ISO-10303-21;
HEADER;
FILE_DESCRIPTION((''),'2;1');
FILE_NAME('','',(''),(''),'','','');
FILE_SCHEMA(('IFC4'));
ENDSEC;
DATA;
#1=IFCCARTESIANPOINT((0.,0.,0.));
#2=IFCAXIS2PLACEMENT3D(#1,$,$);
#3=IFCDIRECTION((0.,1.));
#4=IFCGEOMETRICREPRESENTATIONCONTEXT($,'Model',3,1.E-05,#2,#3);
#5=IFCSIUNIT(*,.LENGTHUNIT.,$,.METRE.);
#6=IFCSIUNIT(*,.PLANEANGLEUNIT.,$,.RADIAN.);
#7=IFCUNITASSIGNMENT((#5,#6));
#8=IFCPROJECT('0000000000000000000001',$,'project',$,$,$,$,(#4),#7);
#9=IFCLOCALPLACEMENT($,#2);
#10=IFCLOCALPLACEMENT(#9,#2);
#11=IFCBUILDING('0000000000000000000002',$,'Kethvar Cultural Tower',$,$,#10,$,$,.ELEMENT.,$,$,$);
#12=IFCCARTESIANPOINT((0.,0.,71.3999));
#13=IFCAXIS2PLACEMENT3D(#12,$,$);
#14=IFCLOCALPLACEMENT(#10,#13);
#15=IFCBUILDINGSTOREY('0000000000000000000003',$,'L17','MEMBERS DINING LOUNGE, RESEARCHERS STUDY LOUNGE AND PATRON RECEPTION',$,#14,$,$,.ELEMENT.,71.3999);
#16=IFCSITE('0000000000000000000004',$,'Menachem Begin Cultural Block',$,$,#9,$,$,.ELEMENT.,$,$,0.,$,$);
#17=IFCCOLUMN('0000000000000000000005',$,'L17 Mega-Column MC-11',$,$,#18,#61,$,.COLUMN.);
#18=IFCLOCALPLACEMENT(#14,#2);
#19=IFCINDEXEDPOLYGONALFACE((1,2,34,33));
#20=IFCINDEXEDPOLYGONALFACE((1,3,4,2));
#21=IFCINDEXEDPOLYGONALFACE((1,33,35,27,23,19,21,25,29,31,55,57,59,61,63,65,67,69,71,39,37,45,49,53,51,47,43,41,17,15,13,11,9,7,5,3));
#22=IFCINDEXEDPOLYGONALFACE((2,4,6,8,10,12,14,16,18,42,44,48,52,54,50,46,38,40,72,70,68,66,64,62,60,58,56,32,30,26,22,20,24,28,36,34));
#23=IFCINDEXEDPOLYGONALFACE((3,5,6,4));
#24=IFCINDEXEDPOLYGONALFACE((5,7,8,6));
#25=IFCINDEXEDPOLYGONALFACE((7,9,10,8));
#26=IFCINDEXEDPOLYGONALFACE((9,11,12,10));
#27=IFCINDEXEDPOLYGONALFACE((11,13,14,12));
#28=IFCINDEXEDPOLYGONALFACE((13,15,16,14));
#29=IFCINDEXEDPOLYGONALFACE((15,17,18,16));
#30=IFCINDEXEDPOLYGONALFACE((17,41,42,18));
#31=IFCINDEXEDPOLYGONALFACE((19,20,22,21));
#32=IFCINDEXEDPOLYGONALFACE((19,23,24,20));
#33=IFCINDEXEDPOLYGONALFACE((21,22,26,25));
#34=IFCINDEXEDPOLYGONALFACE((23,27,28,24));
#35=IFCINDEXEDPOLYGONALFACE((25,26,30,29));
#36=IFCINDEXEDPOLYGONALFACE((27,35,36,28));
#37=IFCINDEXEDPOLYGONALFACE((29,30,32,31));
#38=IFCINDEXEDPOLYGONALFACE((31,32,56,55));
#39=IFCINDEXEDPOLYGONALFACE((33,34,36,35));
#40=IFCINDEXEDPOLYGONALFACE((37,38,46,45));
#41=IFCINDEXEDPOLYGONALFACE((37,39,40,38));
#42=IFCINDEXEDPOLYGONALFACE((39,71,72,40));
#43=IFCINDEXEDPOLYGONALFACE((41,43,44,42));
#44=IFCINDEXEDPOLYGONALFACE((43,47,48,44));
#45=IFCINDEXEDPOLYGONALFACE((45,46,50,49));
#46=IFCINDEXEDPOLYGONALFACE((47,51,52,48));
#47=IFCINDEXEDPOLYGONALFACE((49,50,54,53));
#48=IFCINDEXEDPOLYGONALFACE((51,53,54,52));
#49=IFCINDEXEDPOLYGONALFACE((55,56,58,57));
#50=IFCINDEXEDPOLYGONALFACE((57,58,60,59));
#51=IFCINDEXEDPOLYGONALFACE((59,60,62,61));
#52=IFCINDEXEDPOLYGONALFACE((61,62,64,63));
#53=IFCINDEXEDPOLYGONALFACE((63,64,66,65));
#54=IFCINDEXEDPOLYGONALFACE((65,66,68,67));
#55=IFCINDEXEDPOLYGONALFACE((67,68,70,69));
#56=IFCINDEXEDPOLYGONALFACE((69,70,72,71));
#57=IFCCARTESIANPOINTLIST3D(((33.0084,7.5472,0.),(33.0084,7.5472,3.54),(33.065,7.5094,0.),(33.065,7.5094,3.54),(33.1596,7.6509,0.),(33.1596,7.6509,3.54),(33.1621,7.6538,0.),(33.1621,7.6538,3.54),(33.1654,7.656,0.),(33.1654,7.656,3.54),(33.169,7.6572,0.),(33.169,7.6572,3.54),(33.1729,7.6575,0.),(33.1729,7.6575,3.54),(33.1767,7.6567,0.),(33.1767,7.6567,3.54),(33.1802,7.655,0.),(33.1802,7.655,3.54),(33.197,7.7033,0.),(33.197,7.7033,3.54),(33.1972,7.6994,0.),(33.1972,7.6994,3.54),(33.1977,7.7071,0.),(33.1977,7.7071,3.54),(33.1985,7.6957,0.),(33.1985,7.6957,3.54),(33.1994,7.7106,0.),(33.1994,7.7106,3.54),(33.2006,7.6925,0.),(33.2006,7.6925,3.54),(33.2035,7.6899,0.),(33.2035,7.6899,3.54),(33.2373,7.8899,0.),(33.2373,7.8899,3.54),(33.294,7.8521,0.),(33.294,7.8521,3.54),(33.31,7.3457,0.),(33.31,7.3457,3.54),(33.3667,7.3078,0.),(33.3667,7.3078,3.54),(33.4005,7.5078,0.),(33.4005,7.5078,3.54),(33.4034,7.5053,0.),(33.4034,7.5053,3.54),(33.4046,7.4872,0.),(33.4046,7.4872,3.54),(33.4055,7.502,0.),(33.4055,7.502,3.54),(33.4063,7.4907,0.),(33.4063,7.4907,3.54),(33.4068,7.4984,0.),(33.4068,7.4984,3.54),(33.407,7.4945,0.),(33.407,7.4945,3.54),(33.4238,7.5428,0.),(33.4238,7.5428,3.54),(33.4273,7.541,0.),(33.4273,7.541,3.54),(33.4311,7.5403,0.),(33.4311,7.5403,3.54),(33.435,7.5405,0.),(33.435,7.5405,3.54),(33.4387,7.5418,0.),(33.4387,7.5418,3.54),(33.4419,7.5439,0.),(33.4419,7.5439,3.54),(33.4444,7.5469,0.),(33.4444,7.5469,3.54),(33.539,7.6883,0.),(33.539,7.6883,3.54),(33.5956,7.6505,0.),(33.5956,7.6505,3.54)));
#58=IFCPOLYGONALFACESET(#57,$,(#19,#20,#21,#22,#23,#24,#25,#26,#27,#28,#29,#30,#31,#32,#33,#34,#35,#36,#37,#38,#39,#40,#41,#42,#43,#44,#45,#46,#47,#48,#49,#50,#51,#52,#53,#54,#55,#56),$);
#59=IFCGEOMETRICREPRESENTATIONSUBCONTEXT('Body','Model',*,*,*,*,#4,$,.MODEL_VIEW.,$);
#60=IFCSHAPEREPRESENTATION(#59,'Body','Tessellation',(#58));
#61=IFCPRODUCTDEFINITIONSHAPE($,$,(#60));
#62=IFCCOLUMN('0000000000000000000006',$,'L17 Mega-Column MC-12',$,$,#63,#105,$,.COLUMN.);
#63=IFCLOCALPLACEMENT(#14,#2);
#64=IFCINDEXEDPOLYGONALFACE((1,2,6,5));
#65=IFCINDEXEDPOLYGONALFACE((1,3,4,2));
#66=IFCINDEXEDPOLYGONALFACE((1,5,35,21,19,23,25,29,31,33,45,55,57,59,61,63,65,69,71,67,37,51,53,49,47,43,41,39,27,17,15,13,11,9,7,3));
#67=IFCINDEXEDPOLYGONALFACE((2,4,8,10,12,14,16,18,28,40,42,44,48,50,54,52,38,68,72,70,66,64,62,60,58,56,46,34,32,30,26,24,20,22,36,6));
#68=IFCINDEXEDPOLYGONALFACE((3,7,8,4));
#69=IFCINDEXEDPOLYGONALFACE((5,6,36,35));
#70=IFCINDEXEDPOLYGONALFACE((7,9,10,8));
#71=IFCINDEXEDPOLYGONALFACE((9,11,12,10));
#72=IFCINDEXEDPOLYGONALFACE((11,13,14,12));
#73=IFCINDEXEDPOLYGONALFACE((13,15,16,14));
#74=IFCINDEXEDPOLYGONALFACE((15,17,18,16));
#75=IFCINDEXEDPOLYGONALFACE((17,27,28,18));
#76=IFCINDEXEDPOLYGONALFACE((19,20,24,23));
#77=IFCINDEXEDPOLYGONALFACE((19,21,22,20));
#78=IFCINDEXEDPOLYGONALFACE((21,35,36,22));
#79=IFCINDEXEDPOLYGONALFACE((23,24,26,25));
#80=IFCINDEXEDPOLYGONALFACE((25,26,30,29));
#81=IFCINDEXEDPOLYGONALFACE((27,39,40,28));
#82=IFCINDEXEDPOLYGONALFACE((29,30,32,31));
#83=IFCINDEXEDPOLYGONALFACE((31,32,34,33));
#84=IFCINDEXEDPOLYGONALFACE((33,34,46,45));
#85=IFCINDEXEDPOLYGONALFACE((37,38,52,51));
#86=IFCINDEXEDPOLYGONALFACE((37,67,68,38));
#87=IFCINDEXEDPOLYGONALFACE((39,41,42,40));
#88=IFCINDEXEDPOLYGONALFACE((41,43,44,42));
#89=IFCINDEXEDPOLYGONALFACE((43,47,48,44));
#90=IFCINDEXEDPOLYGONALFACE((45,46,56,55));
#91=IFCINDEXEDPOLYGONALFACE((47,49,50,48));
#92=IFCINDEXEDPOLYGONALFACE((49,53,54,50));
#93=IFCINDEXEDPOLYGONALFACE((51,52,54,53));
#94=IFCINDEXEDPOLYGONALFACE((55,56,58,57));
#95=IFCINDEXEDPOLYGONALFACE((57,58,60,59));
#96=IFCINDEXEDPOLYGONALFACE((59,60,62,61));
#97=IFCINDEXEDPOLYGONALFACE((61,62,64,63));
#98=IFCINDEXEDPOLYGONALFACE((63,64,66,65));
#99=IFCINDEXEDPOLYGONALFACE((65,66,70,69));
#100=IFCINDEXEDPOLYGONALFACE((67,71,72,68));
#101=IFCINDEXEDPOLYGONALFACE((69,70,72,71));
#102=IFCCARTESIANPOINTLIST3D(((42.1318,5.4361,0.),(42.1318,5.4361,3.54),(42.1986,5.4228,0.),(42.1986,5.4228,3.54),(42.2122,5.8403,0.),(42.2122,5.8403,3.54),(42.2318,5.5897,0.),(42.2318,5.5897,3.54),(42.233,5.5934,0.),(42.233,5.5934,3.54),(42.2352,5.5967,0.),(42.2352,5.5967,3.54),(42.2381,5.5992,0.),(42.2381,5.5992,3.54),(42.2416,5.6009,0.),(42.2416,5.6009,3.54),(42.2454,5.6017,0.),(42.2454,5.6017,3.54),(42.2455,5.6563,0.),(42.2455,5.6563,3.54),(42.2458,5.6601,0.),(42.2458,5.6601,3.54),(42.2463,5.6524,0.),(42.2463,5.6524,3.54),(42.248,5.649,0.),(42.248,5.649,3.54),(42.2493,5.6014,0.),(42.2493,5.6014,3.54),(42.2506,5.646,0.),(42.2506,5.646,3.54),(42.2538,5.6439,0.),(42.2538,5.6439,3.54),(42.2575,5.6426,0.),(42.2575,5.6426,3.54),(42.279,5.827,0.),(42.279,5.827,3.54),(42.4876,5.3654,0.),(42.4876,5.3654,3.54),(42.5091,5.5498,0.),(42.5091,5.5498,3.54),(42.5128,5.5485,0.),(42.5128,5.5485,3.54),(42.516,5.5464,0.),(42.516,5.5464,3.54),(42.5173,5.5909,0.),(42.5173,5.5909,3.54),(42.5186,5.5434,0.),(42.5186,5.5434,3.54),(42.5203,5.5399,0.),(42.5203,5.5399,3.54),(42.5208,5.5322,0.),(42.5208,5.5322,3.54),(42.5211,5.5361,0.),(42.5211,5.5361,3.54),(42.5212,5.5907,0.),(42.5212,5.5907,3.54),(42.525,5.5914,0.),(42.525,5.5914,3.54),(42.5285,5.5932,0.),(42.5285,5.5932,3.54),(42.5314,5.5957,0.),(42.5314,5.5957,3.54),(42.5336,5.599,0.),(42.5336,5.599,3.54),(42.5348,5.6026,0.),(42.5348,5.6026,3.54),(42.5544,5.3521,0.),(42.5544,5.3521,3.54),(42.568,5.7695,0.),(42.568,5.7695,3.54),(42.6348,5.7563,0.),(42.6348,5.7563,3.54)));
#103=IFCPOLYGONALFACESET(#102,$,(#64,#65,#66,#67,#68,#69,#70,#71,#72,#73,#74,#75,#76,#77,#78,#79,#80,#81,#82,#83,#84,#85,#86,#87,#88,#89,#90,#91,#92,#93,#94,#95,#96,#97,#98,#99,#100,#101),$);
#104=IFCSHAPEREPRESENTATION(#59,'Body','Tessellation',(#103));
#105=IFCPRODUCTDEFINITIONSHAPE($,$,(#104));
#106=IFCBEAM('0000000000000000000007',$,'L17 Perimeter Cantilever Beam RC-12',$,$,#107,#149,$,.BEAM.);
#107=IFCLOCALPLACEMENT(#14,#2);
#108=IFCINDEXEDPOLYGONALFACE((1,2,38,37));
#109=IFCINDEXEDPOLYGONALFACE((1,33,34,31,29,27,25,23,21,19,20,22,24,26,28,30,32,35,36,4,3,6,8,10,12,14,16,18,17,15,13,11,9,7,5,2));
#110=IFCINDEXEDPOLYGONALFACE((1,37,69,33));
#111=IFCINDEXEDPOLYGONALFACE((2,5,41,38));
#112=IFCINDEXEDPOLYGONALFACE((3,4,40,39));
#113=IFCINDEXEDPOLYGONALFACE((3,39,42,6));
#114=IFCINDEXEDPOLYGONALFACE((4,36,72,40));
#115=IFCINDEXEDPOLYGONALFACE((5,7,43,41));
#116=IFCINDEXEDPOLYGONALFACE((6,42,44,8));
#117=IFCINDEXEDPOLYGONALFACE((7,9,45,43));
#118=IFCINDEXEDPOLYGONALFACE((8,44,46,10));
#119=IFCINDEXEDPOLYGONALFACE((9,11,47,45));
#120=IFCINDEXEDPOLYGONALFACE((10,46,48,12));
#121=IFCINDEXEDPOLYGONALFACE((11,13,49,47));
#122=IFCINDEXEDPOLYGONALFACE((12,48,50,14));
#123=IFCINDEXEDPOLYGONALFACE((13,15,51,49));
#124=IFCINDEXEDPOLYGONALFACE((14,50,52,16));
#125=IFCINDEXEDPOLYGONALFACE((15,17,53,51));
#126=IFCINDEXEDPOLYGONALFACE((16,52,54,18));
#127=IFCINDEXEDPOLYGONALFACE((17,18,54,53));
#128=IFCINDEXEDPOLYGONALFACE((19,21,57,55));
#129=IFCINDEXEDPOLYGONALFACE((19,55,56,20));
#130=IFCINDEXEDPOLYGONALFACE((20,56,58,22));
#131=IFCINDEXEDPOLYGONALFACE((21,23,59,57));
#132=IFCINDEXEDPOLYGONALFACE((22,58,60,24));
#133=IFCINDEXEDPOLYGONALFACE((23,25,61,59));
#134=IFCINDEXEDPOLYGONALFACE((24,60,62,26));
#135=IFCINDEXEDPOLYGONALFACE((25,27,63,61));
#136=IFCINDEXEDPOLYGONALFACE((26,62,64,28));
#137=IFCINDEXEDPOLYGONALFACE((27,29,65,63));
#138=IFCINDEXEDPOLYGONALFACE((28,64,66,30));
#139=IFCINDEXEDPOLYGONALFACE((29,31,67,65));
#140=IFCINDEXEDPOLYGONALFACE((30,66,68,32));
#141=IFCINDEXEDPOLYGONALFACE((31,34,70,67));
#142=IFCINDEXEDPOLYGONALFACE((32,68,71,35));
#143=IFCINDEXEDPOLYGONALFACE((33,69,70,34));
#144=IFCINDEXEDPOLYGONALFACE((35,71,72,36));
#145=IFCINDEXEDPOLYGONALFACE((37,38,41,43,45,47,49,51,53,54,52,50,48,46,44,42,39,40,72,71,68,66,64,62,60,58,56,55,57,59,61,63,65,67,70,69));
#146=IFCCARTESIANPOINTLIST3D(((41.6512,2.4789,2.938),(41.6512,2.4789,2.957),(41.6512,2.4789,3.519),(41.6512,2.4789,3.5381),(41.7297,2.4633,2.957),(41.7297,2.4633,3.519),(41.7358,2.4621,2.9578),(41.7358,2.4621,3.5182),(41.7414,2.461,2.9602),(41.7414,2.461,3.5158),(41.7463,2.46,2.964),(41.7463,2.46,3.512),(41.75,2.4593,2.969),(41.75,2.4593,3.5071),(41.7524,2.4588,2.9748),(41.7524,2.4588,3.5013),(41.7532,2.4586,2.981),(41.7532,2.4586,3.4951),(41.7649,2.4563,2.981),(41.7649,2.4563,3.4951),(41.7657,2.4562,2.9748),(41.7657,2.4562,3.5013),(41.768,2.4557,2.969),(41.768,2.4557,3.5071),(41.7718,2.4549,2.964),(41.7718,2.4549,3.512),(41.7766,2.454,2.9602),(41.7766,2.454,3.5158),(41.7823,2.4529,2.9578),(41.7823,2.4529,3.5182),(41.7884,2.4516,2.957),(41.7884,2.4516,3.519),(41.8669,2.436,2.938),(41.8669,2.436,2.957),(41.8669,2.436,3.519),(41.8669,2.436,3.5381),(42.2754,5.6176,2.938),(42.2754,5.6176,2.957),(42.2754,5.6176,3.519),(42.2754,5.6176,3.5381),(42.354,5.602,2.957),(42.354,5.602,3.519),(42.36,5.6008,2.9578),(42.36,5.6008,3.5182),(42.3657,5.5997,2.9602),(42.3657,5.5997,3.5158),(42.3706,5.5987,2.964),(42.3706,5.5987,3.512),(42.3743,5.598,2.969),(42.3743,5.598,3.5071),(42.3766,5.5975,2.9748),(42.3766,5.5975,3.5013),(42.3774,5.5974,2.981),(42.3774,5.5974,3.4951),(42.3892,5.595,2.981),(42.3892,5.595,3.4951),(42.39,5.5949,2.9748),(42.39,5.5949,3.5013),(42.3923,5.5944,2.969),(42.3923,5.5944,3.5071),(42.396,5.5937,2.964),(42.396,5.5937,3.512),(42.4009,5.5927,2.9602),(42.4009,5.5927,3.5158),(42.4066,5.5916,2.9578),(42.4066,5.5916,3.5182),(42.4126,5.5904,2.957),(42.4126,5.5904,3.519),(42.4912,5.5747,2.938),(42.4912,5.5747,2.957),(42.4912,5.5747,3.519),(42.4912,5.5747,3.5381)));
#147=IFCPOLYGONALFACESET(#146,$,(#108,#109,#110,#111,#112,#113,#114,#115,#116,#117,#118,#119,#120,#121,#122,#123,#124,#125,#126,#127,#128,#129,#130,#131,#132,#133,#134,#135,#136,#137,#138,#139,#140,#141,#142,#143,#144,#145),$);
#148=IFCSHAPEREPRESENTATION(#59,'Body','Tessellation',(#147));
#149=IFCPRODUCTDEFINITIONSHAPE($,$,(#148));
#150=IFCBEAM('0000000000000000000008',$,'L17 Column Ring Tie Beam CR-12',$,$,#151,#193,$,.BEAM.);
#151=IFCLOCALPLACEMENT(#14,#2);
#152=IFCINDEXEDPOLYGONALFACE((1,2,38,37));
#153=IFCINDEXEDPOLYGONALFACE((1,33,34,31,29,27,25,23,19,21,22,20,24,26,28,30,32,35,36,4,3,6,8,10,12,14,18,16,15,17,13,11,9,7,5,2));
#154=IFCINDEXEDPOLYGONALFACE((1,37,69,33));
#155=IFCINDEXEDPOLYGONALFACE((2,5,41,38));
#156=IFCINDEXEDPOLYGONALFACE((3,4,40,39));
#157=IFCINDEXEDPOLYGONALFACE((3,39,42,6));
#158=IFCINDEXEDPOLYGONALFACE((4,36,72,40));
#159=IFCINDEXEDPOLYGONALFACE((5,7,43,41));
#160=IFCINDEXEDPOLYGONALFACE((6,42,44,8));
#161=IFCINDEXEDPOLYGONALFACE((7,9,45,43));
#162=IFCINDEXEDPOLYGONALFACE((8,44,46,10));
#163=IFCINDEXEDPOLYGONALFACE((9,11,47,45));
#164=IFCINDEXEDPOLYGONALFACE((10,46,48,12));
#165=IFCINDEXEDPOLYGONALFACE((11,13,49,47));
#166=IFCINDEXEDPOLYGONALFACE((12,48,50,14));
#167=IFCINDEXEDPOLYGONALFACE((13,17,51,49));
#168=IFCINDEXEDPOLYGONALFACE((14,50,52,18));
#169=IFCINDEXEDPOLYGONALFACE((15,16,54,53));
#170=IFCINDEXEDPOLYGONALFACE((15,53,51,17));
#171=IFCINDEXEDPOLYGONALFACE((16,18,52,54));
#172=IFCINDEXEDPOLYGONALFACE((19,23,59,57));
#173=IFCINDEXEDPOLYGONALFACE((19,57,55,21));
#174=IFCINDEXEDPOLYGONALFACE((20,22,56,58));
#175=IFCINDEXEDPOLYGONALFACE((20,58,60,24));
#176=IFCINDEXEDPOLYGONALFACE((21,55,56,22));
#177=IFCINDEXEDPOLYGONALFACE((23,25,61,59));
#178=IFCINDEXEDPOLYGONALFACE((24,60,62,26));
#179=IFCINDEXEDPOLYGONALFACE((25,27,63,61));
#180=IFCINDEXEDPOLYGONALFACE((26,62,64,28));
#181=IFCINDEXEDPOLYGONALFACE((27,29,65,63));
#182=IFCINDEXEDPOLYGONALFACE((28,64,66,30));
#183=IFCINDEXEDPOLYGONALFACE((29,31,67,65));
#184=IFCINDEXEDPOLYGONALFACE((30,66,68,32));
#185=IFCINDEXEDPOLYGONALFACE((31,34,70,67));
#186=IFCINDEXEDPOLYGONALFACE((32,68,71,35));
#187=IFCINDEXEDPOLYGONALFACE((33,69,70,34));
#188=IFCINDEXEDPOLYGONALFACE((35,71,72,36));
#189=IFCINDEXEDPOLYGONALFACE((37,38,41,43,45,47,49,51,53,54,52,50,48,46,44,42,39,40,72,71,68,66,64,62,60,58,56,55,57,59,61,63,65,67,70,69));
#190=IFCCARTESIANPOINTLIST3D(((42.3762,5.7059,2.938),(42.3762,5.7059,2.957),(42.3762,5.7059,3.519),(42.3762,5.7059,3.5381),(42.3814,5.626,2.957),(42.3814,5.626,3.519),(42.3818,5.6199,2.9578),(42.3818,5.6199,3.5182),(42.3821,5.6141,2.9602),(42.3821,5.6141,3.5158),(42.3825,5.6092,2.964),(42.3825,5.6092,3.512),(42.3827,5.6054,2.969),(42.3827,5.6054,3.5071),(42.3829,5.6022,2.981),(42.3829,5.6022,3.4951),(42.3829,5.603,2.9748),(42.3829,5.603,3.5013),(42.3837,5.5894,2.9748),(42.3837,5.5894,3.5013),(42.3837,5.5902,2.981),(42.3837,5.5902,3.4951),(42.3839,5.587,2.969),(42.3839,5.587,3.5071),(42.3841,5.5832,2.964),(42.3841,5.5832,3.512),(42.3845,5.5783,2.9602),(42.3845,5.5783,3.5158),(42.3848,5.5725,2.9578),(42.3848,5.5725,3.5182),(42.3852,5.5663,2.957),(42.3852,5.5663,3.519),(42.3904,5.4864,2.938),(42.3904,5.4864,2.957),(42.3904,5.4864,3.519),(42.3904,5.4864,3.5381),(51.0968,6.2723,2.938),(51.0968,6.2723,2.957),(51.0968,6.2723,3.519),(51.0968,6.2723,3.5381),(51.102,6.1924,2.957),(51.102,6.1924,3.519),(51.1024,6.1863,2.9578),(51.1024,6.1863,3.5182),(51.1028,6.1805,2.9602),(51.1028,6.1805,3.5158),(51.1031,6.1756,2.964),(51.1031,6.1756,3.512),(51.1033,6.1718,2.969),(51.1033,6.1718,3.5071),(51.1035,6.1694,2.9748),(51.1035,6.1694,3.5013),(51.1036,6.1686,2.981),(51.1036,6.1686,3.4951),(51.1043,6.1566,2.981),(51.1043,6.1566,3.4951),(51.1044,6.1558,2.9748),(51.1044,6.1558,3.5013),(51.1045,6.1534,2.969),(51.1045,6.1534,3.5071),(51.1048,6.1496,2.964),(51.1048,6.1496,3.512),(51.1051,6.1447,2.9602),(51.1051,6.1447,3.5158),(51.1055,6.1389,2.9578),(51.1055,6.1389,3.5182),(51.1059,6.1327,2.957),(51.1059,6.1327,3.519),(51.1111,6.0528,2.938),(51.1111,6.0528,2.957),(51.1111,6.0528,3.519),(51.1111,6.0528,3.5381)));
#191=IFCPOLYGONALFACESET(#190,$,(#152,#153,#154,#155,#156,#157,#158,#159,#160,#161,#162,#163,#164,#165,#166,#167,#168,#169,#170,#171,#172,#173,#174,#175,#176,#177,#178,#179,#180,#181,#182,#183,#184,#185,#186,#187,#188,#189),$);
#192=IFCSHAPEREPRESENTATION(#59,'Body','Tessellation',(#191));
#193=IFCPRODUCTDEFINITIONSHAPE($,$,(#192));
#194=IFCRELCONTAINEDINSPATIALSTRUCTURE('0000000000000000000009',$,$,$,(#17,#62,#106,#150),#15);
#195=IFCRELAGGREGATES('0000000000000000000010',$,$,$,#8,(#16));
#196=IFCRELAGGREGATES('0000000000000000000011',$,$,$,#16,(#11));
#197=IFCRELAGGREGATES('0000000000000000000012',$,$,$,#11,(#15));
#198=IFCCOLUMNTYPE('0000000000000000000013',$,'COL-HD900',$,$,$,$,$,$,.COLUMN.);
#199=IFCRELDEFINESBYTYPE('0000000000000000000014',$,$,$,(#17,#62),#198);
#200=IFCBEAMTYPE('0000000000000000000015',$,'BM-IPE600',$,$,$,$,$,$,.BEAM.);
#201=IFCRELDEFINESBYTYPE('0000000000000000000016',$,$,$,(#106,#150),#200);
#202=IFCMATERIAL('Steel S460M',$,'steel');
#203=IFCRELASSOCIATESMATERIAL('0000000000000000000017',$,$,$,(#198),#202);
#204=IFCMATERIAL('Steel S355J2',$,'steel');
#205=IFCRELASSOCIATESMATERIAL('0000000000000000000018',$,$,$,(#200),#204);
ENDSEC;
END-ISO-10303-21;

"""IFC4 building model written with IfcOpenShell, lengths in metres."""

from ifc_helpers import new_model, si_unit, direction, frame, origin, origin_2d, place, context, subcontext, project, spatial, i_section, extrude, source, transform, mapped, material, material_profile, profile_set, type_object, element, save


model = new_model("IFC4")

# Units and contexts
model_context = context("Model", 3, precision=1e-05, world=origin(), true_north=direction((0.0, 1.0)))
body_context = subcontext(model_context, "Body", "Model", "MODEL_VIEW")
ifc_project = project(units=[si_unit("LENGTHUNIT", "METRE"), si_unit("PLANEANGLEUNIT", "RADIAN")], contexts=[model_context])

# Site, building, storey
site_placement = place(None, origin())
site = spatial("IfcSite", under=ifc_project, at=site_placement, Name="Menachem Begin Cultural Block", CompositionType="ELEMENT", RefElevation=0.0)
building_placement = place(site_placement, origin())
building = spatial("IfcBuilding", under=site, at=building_placement, Name="Kethvar Cultural Tower", CompositionType="ELEMENT")
storey_placement = place(building_placement, frame((0.0, 0.0, 71.3999)))
storey = spatial("IfcBuildingStorey", under=building, at=storey_placement, Name="L17", Description="MEMBERS DINING LOUNGE, RESEARCHERS STUDY LOUNGE AND PATRON RECEPTION", CompositionType="ELEMENT", Elevation=71.3999)

# Columns
ifc_material_1 = material(Name="Steel S460M", Category="steel")
ifc_material_profile_1 = material_profile(ifc_material_1, i_section(OverallWidth=0.4121, OverallDepth=0.4309, WebThickness=0.042, FlangeThickness=0.0681, FilletRadius=0.0149, at=origin_2d()), Name="Steel S460M — HD400x900")
ifc_profile_set_1 = profile_set([ifc_material_profile_1], Name="Steel S460M — HD400x900")
column_type = type_object("IfcColumnType", Name="COL-HD900", PredefinedType="COLUMN", material=ifc_profile_set_1)
shared_shape_1 = source(origin(), body_context, "Body", "SweptSolid", [
    extrude(i_section(OverallWidth=0.4121, OverallDepth=0.4309, WebThickness=0.042, FlangeThickness=0.0681, FilletRadius=0.0149, at=origin_2d()), origin(), (0.0, 0.0, 1.0), 3.54),
])
for number, where, z_axis, x_axis, name in (
    (1, (33.302, 7.5989, 0.0), (0.0, 0.0, 1.0), (-0.55557, -0.83147, 0.0), "L17 Mega-Column MC-11"),
    (2, (42.3833, 5.5962, 0.0), (0.0, 0.0, 1.0), (-0.19509, -0.980785, 0.0), "L17 Mega-Column MC-12"),
):
    element("IfcColumn", number, at=place(storey_placement, frame(where, z_axis=z_axis, x_axis=x_axis)), inside=storey, type_object=column_type, Name=name, PredefinedType="COLUMN", context=body_context, shape_type="MappedRepresentation", body=[
        mapped(shared_shape_1, transform((0.0, 0.0, 0.0), scale=1.0)),
    ])

# Beams
ifc_material_2 = material(Name="Steel S355J2", Category="steel")
ifc_material_profile_2 = material_profile(ifc_material_2, i_section(OverallWidth=0.22, OverallDepth=0.6001, WebThickness=0.012, FlangeThickness=0.019, FilletRadius=0.0239, at=origin_2d()), Name="Steel S355J2 — IPE600")
ifc_profile_set_2 = profile_set([ifc_material_profile_2], Name="Steel S355J2 — IPE600")
beam_type_1 = type_object("IfcBeamType", Name="BM-IPE600", PredefinedType="BEAM", material=ifc_profile_set_2)
shared_shape_2 = source(origin(), body_context, "Body", "SweptSolid", [
    extrude(i_section(OverallWidth=0.22, OverallDepth=0.6001, WebThickness=0.012, FlangeThickness=0.019, FilletRadius=0.0239, at=origin_2d()), origin(), (0.0, 0.0, 1.0), 3.2002),
])
beam_1_placement = place(storey_placement, frame((42.3833, 5.5962, 3.238), z_axis=(-0.195074, -0.980788, 0.0), x_axis=(0.980788, -0.195074, 0.0)))
element("IfcBeam", 3, at=beam_1_placement, inside=storey, type_object=beam_type_1, Name="L17 Perimeter Cantilever Beam RC-12", PredefinedType="BEAM", context=body_context, shape_type="MappedRepresentation", body=[
    mapped(shared_shape_2, transform((0.0, 0.0, 0.0), scale=1.0)),
])
shared_shape_3 = source(origin(), body_context, "Body", "SweptSolid", [
    extrude(i_section(OverallWidth=0.22, OverallDepth=0.6001, WebThickness=0.012, FlangeThickness=0.019, FilletRadius=0.0239, at=origin_2d()), origin(), (0.0, 0.0, 1.0), 8.739),
])
beam_2_placement = place(storey_placement, frame((42.3833, 5.5962, 3.238), z_axis=(0.997897, 0.064813, 0.0), x_axis=(-0.064813, 0.997897, 0.0)))
element("IfcBeam", 4, at=beam_2_placement, inside=storey, type_object=beam_type_1, Name="L17 Column Ring Tie Beam CR-12", PredefinedType="BEAM", context=body_context, shape_type="MappedRepresentation", body=[
    mapped(shared_shape_3, transform((0.0, 0.0, 0.0), scale=1.0)),
])

save(model, "model.ifc")
